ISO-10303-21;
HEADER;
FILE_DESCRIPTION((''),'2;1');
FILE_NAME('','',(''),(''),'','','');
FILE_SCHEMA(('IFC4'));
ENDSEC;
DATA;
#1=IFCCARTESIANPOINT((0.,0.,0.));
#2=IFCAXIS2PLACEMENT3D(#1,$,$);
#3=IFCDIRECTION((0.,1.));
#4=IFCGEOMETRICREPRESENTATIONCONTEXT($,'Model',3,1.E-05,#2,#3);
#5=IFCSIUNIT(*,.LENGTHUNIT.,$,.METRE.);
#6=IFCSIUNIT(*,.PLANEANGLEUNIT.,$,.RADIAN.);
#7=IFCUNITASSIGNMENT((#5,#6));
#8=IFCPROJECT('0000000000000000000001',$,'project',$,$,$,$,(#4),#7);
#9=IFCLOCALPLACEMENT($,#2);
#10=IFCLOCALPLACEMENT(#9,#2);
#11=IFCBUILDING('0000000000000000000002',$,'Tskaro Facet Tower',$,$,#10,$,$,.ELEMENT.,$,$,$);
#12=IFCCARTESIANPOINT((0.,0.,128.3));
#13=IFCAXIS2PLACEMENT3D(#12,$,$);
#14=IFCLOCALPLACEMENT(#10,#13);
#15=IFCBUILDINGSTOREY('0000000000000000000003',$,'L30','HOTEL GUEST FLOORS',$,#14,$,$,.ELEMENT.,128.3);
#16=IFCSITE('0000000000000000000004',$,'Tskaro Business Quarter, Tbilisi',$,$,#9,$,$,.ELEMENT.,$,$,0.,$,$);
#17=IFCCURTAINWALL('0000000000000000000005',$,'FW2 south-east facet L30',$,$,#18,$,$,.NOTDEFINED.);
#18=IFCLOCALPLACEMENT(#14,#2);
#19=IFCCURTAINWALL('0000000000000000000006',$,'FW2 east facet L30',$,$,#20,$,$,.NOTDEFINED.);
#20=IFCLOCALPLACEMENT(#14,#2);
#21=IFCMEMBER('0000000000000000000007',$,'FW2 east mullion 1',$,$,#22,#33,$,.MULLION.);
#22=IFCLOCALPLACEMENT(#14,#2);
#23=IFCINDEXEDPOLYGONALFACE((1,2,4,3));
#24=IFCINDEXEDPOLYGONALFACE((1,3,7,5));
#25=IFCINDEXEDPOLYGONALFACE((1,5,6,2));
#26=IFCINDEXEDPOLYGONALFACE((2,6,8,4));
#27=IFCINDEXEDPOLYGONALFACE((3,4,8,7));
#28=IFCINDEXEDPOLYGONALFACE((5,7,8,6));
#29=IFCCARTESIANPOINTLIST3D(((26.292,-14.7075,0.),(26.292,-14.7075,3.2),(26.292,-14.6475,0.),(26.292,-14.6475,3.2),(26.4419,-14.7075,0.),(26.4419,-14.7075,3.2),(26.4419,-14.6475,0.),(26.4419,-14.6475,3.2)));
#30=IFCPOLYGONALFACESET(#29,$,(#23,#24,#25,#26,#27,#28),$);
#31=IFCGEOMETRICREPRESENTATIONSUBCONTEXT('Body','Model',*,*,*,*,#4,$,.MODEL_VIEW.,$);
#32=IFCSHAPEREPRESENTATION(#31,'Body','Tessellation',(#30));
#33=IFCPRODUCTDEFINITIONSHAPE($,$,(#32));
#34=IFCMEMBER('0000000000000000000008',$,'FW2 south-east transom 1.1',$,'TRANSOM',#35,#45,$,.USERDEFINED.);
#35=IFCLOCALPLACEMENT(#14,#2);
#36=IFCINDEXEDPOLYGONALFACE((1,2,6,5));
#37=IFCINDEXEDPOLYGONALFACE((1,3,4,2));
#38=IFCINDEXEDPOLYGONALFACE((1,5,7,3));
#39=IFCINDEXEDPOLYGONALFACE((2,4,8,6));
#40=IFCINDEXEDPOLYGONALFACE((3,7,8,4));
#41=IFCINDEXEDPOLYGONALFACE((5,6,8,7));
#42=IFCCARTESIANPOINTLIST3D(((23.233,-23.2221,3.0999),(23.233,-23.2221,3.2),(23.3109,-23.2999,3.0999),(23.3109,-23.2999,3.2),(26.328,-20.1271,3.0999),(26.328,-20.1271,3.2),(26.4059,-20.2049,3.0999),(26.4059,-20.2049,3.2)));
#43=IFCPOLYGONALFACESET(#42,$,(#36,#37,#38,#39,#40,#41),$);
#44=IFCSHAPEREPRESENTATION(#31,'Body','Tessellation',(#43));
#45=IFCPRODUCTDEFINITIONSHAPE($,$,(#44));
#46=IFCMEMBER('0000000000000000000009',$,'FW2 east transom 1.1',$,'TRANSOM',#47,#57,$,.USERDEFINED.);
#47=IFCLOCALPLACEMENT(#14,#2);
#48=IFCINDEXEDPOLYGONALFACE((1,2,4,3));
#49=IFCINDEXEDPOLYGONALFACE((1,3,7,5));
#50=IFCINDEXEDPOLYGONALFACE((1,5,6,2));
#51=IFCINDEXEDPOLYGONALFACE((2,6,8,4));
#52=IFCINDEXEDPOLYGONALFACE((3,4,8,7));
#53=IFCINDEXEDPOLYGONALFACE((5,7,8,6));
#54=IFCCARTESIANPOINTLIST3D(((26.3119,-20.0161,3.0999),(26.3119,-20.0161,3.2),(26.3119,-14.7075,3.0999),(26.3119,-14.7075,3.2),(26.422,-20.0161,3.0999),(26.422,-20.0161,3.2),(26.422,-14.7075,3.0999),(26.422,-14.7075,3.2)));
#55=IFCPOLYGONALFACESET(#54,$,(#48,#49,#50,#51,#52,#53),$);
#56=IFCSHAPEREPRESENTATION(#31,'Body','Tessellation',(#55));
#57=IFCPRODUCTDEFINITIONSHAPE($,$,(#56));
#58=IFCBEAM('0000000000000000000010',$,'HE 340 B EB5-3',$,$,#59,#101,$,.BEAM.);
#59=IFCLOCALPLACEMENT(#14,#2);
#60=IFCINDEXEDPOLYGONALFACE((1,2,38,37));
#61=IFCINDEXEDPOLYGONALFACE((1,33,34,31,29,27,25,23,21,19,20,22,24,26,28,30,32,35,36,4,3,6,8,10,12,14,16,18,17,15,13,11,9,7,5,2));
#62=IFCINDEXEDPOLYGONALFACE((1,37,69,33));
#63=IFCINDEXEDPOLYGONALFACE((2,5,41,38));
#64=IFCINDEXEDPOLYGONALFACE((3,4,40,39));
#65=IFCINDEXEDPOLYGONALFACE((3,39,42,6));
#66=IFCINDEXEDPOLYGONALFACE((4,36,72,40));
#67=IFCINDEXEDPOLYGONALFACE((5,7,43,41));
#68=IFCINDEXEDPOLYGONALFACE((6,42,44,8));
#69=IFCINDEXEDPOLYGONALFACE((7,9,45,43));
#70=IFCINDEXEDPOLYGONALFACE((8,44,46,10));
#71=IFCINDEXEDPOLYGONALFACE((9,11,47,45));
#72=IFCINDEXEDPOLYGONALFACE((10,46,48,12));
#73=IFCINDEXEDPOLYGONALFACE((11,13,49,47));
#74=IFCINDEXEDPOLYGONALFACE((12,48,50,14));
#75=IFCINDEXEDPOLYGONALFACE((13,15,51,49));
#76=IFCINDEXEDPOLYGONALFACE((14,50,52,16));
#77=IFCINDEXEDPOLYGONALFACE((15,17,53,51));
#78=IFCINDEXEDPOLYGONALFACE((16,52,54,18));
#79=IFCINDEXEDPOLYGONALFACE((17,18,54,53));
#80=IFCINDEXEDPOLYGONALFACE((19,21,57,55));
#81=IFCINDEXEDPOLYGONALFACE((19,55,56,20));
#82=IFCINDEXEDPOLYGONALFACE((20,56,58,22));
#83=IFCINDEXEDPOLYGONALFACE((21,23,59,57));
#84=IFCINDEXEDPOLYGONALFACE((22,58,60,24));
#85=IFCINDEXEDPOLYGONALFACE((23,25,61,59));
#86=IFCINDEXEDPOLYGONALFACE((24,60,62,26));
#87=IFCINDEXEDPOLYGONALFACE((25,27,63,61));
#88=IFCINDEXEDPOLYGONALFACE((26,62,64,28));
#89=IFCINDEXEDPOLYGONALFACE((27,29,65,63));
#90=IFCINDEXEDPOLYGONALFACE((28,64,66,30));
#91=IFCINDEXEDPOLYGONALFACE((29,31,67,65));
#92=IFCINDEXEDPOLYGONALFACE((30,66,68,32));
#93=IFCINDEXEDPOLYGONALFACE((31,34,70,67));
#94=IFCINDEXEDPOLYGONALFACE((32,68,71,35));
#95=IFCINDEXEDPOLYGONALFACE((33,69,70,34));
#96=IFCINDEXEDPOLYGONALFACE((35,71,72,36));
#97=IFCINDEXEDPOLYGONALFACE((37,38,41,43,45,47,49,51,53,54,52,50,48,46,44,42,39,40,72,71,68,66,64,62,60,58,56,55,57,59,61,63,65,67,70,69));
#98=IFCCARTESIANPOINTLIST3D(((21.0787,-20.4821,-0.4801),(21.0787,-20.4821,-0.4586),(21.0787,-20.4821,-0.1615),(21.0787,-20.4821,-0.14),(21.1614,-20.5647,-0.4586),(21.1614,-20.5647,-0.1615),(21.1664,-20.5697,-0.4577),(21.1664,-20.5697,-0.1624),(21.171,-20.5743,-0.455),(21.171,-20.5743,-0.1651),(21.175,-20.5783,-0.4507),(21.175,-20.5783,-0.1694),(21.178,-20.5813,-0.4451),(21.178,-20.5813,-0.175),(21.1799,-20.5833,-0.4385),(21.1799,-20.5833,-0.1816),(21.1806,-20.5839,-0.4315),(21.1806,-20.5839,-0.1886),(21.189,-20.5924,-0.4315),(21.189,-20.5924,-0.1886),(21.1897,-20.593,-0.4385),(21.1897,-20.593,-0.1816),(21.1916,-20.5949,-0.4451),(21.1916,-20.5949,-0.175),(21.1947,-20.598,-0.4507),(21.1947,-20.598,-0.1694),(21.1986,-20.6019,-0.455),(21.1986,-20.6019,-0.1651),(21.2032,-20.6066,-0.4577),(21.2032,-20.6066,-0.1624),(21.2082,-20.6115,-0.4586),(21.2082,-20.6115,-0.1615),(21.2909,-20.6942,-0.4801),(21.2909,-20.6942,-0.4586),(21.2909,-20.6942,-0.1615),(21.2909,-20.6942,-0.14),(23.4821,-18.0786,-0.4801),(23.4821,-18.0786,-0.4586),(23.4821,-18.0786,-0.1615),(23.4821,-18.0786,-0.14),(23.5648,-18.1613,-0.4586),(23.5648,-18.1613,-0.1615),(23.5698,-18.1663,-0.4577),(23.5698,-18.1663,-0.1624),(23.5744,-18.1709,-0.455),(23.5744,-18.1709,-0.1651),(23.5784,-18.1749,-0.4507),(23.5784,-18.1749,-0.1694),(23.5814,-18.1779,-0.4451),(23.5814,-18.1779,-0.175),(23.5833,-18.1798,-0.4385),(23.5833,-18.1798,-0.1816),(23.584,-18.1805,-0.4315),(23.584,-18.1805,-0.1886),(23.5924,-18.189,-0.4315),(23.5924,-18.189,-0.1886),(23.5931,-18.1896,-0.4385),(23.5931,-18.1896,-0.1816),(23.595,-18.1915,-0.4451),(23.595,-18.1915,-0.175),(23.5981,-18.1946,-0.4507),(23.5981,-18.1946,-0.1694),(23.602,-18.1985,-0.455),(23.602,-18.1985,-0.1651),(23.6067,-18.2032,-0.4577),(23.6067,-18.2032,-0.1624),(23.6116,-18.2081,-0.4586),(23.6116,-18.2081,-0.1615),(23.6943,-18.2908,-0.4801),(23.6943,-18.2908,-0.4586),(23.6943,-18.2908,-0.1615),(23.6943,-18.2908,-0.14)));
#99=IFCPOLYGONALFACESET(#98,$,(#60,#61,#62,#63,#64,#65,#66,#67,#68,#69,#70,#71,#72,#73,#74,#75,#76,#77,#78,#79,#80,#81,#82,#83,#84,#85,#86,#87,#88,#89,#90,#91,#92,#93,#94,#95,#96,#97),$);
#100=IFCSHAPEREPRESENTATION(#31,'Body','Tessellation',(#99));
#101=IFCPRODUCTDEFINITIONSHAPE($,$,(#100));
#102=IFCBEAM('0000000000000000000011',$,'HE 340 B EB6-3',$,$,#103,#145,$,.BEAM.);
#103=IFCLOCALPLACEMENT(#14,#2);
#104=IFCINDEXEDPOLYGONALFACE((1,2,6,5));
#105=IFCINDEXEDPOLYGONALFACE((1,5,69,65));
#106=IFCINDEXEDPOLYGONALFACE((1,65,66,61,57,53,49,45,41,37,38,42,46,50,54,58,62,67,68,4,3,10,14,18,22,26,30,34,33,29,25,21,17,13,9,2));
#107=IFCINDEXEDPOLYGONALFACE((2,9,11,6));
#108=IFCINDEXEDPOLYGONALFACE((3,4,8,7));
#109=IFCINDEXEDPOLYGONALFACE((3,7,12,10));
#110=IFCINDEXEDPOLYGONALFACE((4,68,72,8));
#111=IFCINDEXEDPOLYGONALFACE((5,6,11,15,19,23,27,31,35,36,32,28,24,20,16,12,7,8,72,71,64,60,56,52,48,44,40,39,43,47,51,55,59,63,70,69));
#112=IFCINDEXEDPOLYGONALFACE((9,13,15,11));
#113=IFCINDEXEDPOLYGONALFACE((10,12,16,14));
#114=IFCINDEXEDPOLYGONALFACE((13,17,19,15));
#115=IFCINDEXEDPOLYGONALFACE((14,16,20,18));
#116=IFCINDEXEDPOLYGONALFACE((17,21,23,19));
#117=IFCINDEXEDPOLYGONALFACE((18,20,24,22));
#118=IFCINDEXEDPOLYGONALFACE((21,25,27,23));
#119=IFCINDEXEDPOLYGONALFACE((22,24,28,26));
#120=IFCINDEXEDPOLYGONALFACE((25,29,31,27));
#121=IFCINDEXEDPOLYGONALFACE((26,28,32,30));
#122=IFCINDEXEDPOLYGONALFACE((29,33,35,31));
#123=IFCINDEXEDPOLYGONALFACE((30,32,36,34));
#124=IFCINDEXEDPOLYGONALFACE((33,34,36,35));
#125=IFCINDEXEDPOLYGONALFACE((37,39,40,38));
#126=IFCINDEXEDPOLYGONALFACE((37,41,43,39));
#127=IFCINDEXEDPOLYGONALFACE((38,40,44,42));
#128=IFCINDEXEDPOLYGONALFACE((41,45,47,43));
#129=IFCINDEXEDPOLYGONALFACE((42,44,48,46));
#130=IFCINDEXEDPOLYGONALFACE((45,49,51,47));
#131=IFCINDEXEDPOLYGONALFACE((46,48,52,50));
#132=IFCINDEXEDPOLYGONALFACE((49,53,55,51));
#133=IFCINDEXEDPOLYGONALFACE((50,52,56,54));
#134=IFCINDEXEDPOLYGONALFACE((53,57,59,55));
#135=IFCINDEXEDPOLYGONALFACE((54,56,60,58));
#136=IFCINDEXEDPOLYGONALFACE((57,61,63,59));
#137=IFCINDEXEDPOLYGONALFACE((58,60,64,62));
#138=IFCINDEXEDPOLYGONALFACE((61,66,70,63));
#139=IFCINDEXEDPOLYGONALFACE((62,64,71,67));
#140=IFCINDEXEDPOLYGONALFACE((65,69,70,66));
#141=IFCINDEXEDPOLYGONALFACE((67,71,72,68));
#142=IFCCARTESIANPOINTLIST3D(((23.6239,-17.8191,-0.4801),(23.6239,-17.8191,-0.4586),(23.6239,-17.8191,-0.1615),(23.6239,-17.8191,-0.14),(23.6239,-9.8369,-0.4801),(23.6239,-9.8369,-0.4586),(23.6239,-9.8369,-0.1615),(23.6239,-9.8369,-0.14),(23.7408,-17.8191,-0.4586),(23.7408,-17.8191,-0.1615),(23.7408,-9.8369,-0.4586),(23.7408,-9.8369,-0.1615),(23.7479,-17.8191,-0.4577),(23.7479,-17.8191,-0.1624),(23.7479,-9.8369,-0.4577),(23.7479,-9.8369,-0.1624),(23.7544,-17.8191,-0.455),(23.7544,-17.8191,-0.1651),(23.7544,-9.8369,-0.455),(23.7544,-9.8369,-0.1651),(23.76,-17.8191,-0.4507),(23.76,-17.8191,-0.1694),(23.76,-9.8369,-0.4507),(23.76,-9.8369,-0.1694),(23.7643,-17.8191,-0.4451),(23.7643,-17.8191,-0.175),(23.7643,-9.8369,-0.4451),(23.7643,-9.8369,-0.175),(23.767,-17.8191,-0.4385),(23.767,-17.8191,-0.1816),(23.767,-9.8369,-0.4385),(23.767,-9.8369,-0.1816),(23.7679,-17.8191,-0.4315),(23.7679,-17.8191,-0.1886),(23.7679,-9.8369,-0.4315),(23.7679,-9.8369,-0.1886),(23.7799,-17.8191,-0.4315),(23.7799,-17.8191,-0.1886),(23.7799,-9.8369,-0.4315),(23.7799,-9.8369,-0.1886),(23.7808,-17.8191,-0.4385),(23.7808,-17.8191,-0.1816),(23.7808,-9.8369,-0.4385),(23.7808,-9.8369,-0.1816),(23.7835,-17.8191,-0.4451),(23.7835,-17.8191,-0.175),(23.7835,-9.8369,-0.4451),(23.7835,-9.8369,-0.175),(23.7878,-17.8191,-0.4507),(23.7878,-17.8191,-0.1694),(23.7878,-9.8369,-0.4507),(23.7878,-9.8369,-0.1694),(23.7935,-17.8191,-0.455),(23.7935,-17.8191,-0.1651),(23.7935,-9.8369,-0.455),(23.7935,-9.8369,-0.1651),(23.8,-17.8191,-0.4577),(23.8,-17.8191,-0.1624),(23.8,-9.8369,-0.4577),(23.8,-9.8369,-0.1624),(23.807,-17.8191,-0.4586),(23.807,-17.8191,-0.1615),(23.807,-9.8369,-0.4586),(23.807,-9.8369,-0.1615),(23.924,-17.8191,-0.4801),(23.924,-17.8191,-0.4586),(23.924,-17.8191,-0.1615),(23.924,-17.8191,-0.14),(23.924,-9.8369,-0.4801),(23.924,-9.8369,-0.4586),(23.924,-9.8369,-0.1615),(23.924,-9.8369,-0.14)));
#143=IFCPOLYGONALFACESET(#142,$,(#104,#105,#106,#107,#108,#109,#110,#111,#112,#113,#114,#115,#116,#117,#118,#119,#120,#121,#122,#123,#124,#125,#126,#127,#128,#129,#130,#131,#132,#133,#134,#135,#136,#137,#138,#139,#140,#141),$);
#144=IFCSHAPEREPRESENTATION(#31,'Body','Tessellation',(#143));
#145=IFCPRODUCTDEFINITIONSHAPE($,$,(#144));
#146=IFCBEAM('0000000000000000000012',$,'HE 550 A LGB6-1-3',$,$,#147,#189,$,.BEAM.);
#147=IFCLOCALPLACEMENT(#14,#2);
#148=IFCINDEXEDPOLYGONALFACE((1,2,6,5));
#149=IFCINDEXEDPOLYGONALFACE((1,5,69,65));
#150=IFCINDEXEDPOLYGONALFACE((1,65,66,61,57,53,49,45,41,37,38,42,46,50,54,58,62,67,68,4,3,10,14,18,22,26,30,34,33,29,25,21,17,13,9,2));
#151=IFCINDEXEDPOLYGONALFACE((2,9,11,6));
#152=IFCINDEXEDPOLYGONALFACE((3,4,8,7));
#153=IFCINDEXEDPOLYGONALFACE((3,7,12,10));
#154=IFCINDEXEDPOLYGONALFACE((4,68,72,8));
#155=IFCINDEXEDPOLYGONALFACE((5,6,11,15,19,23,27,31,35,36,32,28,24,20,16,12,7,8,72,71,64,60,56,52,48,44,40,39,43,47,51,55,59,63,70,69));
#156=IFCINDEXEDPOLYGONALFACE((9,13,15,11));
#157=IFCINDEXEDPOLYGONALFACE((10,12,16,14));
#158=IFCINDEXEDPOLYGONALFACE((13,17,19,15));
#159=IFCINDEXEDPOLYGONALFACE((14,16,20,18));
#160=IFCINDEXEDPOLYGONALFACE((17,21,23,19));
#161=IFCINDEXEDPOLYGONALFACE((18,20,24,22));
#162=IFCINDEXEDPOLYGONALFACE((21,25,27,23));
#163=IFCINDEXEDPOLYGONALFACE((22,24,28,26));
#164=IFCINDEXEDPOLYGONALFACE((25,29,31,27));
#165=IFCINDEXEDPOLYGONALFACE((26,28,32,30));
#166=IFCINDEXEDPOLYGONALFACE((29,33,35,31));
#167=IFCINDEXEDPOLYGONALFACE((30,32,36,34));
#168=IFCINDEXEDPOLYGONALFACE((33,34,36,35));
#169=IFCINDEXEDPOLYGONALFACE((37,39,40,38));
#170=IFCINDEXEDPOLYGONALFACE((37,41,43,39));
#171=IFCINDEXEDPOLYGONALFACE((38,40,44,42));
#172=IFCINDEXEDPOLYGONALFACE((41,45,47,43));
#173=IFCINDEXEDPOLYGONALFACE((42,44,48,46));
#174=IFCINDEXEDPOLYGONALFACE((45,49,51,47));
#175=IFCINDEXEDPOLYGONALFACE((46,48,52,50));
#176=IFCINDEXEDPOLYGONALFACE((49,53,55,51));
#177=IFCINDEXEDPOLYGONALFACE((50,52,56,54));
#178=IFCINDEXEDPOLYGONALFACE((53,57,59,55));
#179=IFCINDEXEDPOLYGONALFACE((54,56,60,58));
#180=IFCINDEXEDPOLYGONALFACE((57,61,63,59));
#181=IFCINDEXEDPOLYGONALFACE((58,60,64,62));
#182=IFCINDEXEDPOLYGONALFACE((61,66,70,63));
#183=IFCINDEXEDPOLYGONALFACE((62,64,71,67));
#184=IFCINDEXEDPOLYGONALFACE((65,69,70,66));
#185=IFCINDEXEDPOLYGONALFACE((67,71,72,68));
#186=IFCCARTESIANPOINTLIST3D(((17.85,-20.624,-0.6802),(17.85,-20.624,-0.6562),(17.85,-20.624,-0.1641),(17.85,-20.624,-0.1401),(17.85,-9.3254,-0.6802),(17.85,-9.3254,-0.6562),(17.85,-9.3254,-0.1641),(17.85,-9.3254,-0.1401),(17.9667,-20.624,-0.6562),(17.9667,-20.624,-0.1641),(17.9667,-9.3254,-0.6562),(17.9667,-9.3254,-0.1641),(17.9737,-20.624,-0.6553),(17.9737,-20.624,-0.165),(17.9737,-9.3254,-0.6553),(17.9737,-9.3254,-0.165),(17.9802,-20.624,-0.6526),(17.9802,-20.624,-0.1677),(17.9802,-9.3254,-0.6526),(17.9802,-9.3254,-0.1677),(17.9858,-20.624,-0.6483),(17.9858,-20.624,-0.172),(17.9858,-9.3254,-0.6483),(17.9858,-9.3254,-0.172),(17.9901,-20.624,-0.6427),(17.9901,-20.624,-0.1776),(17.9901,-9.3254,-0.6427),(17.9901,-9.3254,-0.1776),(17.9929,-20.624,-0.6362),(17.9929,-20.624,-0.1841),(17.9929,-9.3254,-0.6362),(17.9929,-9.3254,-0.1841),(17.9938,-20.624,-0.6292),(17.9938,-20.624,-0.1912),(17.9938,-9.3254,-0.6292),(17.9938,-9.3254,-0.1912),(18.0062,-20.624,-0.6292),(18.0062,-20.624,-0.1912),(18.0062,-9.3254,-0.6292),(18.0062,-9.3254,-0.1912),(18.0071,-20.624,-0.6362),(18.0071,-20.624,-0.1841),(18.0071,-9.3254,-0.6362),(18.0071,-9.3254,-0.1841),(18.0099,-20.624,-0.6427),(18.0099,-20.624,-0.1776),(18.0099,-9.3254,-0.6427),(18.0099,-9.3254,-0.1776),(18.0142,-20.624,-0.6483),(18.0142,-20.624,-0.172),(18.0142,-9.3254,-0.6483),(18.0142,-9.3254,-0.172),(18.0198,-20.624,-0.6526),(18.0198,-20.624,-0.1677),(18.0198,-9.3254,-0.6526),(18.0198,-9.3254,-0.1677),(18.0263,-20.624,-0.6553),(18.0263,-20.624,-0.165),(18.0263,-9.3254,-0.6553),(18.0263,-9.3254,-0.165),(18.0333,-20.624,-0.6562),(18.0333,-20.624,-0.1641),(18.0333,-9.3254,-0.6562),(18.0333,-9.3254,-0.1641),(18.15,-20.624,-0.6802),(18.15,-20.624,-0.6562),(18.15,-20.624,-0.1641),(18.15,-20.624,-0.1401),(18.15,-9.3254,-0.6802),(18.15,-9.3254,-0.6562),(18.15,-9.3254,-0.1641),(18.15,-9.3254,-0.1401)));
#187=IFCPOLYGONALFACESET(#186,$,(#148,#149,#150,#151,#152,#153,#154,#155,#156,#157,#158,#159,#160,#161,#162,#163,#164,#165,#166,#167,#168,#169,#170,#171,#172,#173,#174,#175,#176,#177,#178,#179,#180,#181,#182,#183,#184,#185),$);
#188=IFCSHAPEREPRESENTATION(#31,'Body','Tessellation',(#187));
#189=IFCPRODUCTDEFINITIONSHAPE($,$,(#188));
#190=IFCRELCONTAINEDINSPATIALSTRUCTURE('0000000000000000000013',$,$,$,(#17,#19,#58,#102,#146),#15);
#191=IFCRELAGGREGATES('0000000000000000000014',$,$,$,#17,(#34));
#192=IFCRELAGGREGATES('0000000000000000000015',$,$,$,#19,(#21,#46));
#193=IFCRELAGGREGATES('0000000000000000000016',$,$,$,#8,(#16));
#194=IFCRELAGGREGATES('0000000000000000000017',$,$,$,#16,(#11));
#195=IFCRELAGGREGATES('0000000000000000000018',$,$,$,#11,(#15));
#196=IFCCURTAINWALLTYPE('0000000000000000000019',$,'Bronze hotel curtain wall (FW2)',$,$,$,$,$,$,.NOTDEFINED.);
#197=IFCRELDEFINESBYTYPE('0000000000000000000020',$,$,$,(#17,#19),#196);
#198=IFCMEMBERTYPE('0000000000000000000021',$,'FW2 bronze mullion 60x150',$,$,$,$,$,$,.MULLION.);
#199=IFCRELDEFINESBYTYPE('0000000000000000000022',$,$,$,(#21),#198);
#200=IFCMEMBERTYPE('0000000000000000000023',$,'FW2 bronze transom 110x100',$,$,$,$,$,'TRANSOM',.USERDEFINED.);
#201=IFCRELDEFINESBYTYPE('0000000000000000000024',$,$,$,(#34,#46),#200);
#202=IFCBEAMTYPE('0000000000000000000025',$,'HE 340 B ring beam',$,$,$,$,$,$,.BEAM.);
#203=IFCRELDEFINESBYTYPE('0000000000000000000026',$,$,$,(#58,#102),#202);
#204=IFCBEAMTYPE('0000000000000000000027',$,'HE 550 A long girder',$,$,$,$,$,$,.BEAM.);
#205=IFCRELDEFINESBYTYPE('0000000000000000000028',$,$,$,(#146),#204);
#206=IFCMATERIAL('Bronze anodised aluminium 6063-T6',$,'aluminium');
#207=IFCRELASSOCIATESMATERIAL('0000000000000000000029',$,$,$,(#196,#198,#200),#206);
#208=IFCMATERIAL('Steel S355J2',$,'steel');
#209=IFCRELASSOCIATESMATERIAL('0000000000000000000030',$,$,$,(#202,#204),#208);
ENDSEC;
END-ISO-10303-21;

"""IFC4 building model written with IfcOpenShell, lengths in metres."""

from ifc_helpers import new_model, si_unit, direction, frame, origin, origin_2d, place, context, subcontext, project, spatial, rectangle, i_section, extrude, material, material_profile, profile_set, type_object, element, aggregate, save


model = new_model("IFC4")

# Units and contexts
model_context = context("Model", 3, precision=1e-05, world=origin(), true_north=direction((0.0, 1.0)))
body_context = subcontext(model_context, "Body", "Model", "MODEL_VIEW")
ifc_project = project(units=[si_unit("LENGTHUNIT", "METRE"), si_unit("PLANEANGLEUNIT", "RADIAN")], contexts=[model_context])

# Site, building, storey
site_placement = place(None, origin())
site = spatial("IfcSite", under=ifc_project, at=site_placement, Name="Tskaro Business Quarter, Tbilisi", CompositionType="ELEMENT", RefElevation=0.0)
building_placement = place(site_placement, origin())
building = spatial("IfcBuilding", under=site, at=building_placement, Name="Tskaro Facet Tower", CompositionType="ELEMENT")
storey_placement = place(building_placement, frame((0.0, 0.0, 128.3)))
storey = spatial("IfcBuildingStorey", under=building, at=storey_placement, Name="L30", Description="HOTEL GUEST FLOORS", CompositionType="ELEMENT", Elevation=128.3)

# Curtain wall
ifc_material_1 = material(Name="Bronze anodised aluminium 6063-T6", Category="aluminium")
curtain_wall_type = type_object("IfcCurtainWallType", Name="Bronze hotel curtain wall (FW2)", PredefinedType="NOTDEFINED", material=ifc_material_1)
curtain_wall_1_placement = place(storey_placement, origin())
curtain_wall_1 = element("IfcCurtainWall", 1, at=curtain_wall_1_placement, inside=storey, type_object=curtain_wall_type, Name="FW2 south-east facet L30", PredefinedType="NOTDEFINED")

# Curtain wall, member
curtain_wall_2_placement = place(storey_placement, origin())
curtain_wall_2 = element("IfcCurtainWall", 2, at=curtain_wall_2_placement, inside=storey, type_object=curtain_wall_type, Name="FW2 east facet L30", PredefinedType="NOTDEFINED")
ifc_material_profile_1 = material_profile(ifc_material_1, rectangle(XDim=0.0601, YDim=0.1499, at=origin_2d()), Name="Mullion 60x150")
ifc_profile_set_1 = profile_set([ifc_material_profile_1], Name="Bronze anodised aluminium 6063-T6")
member_type_1 = type_object("IfcMemberType", Name="FW2 bronze mullion 60x150", PredefinedType="MULLION", material=ifc_profile_set_1)
member_1_placement = place(storey_placement, frame((26.3669, -14.6775, 0.0), z_axis=(0.0, 0.0, 1.0), x_axis=(0.0, 1.0, 0.0)))
member_1 = element("IfcMember", 3, at=member_1_placement, type_object=member_type_1, Name="FW2 east mullion 1", PredefinedType="MULLION", context=body_context, shape_type="SweptSolid", body=[
    extrude(rectangle(XDim=0.0601, YDim=0.1499, at=origin_2d()), origin(), (0.0, 0.0, 1.0), 3.2),
])

# Members
ifc_material_profile_2 = material_profile(ifc_material_1, rectangle(XDim=0.1101, YDim=0.1001, at=origin_2d()), Name="Transom 110x100")
ifc_profile_set_2 = profile_set([ifc_material_profile_2], Name="Bronze anodised aluminium 6063-T6")
member_type_2 = type_object("IfcMemberType", Name="FW2 bronze transom 110x100", ElementType="TRANSOM", PredefinedType="USERDEFINED", material=ifc_profile_set_2)
member_2_placement = place(storey_placement, frame((23.272, -23.261, 3.1499), z_axis=(0.707107, 0.707107, 0.0), x_axis=(-0.707107, 0.707107, 0.0)))
member_2 = element("IfcMember", 4, at=member_2_placement, type_object=member_type_2, Name="FW2 south-east transom 1.1", ObjectType="TRANSOM", PredefinedType="USERDEFINED", context=body_context, shape_type="SweptSolid", body=[
    extrude(rectangle(XDim=0.1101, YDim=0.1001, at=origin_2d()), origin(), (0.0, 0.0, 1.0), 4.377),
])
member_3_placement = place(storey_placement, frame((26.3669, -20.0161, 3.1499), z_axis=(0.0, 1.0, 0.0), x_axis=(-1.0, 0.0, 0.0)))
member_3 = element("IfcMember", 5, at=member_3_placement, type_object=member_type_2, Name="FW2 east transom 1.1", ObjectType="TRANSOM", PredefinedType="USERDEFINED", context=body_context, shape_type="SweptSolid", body=[
    extrude(rectangle(XDim=0.1101, YDim=0.1001, at=origin_2d()), origin(), (0.0, 0.0, 1.0), 5.3086),
])

# Beams
ifc_material_2 = material(Name="Steel S355J2", Category="steel")
ifc_material_profile_3 = material_profile(ifc_material_2, i_section(OverallWidth=0.3, OverallDepth=0.3401, WebThickness=0.012, FlangeThickness=0.0215, FilletRadius=0.0271, at=origin_2d()), Name="HE 340 B")
ifc_profile_set_3 = profile_set([ifc_material_profile_3], Name="Steel S355J2")
beam_type_1 = type_object("IfcBeamType", Name="HE 340 B ring beam", PredefinedType="BEAM", material=ifc_profile_set_3)
beam_1_placement = place(storey_placement, frame((21.1848, -20.5881, -0.3101), z_axis=(0.707107, 0.707107, 0.0), x_axis=(-0.707107, 0.707107, 0.0)))
element("IfcBeam", 6, at=beam_1_placement, inside=storey, type_object=beam_type_1, Name="HE 340 B EB5-3", PredefinedType="BEAM", context=body_context, shape_type="SweptSolid", body=[
    extrude(i_section(OverallWidth=0.3, OverallDepth=0.3401, WebThickness=0.012, FlangeThickness=0.0215, FilletRadius=0.0271, at=origin_2d()), origin(), (0.0, 0.0, 1.0), 3.3989),
])
beam_2_placement = place(storey_placement, frame((23.7739, -17.8191, -0.3101), z_axis=(0.0, 1.0, 0.0), x_axis=(-1.0, 0.0, 0.0)))
element("IfcBeam", 7, at=beam_2_placement, inside=storey, type_object=beam_type_1, Name="HE 340 B EB6-3", PredefinedType="BEAM", context=body_context, shape_type="SweptSolid", body=[
    extrude(i_section(OverallWidth=0.3, OverallDepth=0.3401, WebThickness=0.012, FlangeThickness=0.0215, FilletRadius=0.0271, at=origin_2d()), origin(), (0.0, 0.0, 1.0), 7.9822),
])
ifc_material_profile_4 = material_profile(ifc_material_2, i_section(OverallWidth=0.3, OverallDepth=0.54, WebThickness=0.0125, FlangeThickness=0.0239, FilletRadius=0.0271, at=origin_2d()), Name="HE 550 A")
ifc_profile_set_4 = profile_set([ifc_material_profile_4], Name="Steel S355J2")
beam_type_2 = type_object("IfcBeamType", Name="HE 550 A long girder", PredefinedType="BEAM", material=ifc_profile_set_4)
beam_3_placement = place(storey_placement, frame((18.0, -20.624, -0.4102), z_axis=(0.0, 1.0, 0.0), x_axis=(-1.0, 0.0, 0.0)))
element("IfcBeam", 8, at=beam_3_placement, inside=storey, type_object=beam_type_2, Name="HE 550 A LGB6-1-3", PredefinedType="BEAM", context=body_context, shape_type="SweptSolid", body=[
    extrude(i_section(OverallWidth=0.3, OverallDepth=0.54, WebThickness=0.0125, FlangeThickness=0.0239, FilletRadius=0.0271, at=origin_2d()), origin(), (0.0, 0.0, 1.0), 11.2986),
])

aggregate(curtain_wall_1, [member_2])
aggregate(curtain_wall_2, [member_1, member_3])

save(model, "model.ifc")
